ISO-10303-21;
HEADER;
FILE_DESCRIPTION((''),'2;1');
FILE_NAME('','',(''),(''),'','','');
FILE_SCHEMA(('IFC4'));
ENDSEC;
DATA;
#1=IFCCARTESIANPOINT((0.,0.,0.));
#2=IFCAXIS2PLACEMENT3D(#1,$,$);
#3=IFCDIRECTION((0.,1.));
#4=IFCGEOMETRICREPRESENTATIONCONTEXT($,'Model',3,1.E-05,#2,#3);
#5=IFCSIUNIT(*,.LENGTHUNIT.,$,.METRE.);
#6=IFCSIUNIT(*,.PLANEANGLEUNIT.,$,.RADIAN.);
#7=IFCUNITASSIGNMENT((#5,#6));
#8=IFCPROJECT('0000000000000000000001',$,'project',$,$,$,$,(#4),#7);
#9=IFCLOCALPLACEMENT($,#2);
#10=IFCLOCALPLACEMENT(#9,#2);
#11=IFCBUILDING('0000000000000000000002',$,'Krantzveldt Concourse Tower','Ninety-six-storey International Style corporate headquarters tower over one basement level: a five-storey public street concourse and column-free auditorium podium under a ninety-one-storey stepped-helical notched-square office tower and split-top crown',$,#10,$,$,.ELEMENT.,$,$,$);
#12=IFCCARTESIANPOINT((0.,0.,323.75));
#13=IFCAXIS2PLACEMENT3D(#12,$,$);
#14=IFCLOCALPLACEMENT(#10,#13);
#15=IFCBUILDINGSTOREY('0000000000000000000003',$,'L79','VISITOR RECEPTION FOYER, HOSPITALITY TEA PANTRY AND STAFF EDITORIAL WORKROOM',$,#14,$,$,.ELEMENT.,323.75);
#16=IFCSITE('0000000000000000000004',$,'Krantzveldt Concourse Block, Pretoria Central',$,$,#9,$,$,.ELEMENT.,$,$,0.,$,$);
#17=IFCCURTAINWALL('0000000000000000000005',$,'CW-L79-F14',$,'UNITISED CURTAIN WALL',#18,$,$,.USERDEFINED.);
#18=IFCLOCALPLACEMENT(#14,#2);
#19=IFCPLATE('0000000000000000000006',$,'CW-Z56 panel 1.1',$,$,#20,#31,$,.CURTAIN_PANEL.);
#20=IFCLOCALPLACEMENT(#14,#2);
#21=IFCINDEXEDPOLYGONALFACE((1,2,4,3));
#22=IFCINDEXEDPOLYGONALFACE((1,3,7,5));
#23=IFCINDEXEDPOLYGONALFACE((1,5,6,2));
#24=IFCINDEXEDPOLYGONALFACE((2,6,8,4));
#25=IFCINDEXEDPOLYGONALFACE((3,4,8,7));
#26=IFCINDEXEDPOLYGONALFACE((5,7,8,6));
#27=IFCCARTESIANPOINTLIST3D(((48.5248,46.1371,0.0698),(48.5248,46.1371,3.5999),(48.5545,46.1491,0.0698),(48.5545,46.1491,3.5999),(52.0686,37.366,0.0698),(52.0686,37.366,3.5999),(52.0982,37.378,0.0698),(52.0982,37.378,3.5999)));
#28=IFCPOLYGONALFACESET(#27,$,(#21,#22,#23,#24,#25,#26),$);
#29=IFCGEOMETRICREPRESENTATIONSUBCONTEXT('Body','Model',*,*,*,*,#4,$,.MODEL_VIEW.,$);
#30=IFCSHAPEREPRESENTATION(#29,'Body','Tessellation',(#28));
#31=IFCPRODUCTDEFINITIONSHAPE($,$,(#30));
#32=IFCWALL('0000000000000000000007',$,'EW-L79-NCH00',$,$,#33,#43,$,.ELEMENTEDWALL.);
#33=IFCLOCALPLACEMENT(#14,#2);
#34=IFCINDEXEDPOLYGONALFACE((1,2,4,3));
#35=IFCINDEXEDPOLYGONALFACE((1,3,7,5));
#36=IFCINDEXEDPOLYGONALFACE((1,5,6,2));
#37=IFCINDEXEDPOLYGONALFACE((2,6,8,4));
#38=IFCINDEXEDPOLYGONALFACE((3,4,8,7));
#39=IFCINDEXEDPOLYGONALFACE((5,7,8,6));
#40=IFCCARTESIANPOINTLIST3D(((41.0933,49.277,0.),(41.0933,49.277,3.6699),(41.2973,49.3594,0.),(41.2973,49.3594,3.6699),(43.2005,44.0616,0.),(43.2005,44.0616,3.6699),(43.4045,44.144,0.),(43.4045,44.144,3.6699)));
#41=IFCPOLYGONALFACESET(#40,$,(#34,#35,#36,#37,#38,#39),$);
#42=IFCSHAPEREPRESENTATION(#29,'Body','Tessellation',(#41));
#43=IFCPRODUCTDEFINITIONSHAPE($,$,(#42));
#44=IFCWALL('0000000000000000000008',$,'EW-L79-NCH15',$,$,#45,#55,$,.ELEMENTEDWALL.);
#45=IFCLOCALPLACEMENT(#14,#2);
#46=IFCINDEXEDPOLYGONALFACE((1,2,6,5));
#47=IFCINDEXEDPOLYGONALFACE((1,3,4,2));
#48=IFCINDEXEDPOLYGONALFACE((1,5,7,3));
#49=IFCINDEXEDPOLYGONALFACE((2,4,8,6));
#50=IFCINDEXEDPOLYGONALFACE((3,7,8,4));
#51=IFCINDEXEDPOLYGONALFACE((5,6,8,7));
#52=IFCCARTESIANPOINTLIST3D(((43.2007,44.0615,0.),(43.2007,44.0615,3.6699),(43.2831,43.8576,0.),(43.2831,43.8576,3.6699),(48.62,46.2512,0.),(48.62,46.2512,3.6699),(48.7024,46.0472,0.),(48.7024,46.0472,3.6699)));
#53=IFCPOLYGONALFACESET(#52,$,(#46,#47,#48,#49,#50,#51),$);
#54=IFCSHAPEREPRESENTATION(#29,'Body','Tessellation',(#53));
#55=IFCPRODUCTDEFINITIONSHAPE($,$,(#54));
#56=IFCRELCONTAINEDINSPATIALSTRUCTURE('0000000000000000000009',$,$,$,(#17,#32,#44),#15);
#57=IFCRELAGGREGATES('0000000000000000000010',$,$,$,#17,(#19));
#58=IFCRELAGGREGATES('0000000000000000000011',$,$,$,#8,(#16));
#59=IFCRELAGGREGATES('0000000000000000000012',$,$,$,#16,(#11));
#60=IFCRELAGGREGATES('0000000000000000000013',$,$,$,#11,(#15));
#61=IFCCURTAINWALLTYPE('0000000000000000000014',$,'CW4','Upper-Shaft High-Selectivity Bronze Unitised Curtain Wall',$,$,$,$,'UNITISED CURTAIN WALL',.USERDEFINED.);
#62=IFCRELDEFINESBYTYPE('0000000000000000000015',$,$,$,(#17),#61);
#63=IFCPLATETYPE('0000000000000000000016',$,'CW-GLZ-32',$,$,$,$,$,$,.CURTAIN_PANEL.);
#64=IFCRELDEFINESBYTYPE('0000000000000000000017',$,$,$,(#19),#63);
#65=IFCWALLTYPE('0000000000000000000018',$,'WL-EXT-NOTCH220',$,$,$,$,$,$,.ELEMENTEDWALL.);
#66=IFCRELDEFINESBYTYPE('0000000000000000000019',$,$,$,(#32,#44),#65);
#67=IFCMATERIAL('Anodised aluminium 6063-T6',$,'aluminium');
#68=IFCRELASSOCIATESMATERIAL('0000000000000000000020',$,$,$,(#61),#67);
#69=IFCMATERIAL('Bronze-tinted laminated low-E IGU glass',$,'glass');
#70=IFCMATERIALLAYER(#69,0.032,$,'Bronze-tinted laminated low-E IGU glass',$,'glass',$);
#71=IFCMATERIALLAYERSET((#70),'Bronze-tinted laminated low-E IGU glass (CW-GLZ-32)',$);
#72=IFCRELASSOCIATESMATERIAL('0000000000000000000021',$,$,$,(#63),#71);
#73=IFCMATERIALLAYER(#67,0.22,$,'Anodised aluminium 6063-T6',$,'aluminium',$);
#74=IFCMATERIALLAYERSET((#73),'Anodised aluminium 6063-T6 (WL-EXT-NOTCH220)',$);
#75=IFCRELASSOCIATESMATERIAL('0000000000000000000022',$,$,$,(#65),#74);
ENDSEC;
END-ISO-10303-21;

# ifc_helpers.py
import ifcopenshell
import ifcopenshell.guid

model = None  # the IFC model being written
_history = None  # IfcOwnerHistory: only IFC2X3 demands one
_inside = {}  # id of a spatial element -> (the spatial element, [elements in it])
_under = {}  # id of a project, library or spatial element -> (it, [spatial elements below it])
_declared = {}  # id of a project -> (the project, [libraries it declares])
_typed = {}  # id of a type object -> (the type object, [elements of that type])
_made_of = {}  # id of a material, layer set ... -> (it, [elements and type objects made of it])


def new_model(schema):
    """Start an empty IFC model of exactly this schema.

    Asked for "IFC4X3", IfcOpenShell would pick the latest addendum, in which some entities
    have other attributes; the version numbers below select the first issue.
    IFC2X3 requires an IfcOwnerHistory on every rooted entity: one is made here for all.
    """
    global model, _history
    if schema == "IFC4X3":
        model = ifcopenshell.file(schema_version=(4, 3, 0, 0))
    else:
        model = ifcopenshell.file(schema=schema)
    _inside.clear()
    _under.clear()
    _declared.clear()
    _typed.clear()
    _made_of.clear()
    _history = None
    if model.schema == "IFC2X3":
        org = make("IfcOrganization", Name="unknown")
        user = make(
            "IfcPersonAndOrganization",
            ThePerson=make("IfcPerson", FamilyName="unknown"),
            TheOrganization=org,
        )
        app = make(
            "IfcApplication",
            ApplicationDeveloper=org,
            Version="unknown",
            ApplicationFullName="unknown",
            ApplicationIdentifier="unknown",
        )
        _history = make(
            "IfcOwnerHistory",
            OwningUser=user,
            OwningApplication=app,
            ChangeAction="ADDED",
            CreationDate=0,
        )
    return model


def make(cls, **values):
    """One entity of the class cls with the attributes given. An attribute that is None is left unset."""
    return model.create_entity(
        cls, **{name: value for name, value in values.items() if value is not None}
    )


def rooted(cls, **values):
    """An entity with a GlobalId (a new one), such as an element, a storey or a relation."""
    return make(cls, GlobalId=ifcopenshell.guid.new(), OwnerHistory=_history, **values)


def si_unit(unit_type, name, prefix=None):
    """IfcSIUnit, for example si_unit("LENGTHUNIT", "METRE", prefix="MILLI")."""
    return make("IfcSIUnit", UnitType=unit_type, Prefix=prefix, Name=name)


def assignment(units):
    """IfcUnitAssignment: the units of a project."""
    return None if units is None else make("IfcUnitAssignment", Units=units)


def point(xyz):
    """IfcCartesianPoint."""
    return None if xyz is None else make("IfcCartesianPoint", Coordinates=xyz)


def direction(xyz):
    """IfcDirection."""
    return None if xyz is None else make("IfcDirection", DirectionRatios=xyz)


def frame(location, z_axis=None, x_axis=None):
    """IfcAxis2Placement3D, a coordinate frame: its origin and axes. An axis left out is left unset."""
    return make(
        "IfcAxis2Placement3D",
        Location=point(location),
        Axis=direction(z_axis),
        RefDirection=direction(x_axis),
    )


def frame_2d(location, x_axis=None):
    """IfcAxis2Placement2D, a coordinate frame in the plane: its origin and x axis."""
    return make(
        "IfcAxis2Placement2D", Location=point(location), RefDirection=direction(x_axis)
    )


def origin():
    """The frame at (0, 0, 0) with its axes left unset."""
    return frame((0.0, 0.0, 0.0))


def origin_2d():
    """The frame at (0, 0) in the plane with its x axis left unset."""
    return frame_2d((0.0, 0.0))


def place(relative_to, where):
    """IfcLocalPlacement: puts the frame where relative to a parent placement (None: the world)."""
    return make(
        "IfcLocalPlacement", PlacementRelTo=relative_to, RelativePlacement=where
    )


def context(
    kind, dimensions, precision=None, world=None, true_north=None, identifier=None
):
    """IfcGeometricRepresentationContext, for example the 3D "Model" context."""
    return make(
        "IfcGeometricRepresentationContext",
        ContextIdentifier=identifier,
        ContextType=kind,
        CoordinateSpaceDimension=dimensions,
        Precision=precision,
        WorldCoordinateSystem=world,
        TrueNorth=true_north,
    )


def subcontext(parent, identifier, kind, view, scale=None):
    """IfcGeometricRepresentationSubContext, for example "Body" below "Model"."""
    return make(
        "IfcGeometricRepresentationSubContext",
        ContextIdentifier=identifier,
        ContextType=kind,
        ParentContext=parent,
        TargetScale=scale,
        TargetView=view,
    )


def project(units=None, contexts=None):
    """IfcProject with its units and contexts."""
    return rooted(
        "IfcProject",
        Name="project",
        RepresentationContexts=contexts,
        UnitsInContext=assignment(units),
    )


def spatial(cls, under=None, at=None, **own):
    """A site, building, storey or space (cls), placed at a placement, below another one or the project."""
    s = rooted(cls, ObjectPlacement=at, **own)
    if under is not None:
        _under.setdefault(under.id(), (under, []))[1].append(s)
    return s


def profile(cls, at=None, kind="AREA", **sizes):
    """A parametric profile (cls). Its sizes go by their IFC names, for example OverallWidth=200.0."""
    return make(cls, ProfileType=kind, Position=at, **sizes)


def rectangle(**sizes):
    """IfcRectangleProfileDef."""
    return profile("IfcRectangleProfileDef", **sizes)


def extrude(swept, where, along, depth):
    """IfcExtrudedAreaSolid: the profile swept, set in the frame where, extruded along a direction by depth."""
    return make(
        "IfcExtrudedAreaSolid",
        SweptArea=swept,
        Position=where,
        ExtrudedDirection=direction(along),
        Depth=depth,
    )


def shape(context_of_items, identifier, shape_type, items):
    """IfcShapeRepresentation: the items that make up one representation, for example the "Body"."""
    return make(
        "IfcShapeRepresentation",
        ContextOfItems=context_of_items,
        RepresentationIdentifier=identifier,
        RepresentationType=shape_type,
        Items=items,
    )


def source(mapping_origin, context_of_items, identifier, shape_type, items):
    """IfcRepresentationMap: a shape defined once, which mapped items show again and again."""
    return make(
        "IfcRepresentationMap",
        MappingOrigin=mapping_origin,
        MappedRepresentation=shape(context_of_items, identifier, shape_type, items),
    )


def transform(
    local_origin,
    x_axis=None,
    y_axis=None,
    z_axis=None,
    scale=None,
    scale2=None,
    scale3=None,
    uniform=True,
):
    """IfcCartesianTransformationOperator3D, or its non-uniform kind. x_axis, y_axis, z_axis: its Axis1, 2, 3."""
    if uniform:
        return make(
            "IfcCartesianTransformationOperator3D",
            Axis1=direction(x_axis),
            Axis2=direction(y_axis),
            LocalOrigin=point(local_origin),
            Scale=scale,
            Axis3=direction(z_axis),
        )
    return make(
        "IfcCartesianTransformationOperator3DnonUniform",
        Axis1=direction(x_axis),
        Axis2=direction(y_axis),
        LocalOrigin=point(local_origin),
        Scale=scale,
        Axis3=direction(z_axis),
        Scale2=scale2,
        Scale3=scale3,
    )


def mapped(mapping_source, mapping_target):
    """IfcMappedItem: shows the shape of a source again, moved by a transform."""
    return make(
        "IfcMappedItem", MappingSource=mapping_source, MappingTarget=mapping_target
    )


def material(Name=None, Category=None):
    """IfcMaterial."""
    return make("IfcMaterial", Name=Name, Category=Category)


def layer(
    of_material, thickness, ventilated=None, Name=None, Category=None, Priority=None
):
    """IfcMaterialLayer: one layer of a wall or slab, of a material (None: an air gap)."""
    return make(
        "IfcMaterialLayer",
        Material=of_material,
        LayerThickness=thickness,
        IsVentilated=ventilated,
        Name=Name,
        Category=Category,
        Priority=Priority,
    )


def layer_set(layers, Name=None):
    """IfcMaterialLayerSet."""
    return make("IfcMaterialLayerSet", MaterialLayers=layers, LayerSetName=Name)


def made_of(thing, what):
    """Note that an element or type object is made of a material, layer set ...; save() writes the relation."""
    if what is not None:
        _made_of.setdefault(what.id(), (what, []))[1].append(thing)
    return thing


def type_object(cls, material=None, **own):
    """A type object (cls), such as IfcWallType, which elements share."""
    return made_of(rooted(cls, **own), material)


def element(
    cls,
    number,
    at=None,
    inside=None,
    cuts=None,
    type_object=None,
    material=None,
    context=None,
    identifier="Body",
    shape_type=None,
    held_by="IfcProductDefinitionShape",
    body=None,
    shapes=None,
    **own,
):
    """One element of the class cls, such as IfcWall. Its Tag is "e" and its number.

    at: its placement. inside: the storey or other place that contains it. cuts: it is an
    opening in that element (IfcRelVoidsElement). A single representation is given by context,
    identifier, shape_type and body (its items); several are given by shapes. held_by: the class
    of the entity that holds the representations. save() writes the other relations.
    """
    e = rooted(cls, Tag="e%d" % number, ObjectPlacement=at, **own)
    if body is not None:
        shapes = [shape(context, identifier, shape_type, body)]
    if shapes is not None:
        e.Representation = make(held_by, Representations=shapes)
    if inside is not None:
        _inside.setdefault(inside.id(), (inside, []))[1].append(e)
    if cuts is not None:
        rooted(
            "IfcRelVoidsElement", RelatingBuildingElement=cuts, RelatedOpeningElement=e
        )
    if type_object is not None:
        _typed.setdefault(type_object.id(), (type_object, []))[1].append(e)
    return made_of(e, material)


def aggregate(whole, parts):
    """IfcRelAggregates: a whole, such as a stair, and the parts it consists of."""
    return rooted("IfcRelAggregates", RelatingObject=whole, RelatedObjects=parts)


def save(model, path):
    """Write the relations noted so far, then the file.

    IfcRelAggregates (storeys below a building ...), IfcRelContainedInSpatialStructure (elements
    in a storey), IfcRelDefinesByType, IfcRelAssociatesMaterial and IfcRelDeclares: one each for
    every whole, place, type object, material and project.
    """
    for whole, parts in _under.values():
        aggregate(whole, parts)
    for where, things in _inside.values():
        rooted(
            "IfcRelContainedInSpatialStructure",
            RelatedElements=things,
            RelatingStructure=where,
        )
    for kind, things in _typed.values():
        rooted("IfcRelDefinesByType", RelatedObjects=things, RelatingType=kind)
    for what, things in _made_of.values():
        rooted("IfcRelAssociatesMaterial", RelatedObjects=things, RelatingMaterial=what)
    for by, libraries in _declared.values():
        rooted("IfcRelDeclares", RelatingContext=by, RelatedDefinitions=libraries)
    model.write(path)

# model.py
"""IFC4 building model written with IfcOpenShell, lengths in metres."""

from ifc_helpers import new_model, si_unit, direction, frame, frame_2d, origin, origin_2d, place, context, subcontext, project, spatial, rectangle, extrude, source, transform, mapped, material, layer, layer_set, type_object, element, aggregate, save


model = new_model("IFC4")

# Units and contexts
model_context = context("Model", 3, precision=1e-05, world=origin(), true_north=direction((0.0, 1.0)))
body_context = subcontext(model_context, "Body", "Model", "MODEL_VIEW")
ifc_project = project(units=[si_unit("LENGTHUNIT", "METRE"), si_unit("PLANEANGLEUNIT", "RADIAN")], contexts=[model_context])

# Site, building, storey
site_placement = place(None, origin())
site = spatial("IfcSite", under=ifc_project, at=site_placement, Name="Krantzveldt Concourse Block, Pretoria Central", CompositionType="ELEMENT", RefElevation=0.0)
building_placement = place(site_placement, origin())
building = spatial("IfcBuilding", under=site, at=building_placement, Name="Krantzveldt Concourse Tower", Description="Ninety-six-storey International Style corporate headquarters tower over one basement level: a five-storey public street concourse and column-free auditorium podium under a ninety-one-storey stepped-helical notched-square office tower and split-top crown", CompositionType="ELEMENT")
storey_placement = place(building_placement, frame((0.0, 0.0, 323.75)))
storey = spatial("IfcBuildingStorey", under=building, at=storey_placement, Name="L79", Description="VISITOR RECEPTION FOYER, HOSPITALITY TEA PANTRY AND STAFF EDITORIAL WORKROOM", CompositionType="ELEMENT", Elevation=323.75)

# Shared definitions
ifc_material_1 = material(Name="Anodised aluminium 6063-T6", Category="aluminium")
curtain_wall_type_1 = type_object("IfcCurtainWallType", Name="CW4", Description="Upper-Shaft High-Selectivity Bronze Unitised Curtain Wall", ElementType="UNITISED CURTAIN WALL", PredefinedType="USERDEFINED", material=ifc_material_1)

# Curtain wall
curtain_wall_1_placement = place(storey_placement, origin())
curtain_wall_1 = element("IfcCurtainWall", 1, at=curtain_wall_1_placement, inside=storey, type_object=curtain_wall_type_1, Name="CW-L79-F14", ObjectType="UNITISED CURTAIN WALL", PredefinedType="USERDEFINED")

# Plate
ifc_material_2 = material(Name="Bronze-tinted laminated low-E IGU glass", Category="glass")
ifc_layer_1 = layer(ifc_material_2, 0.032, Name="Bronze-tinted laminated low-E IGU glass", Category="glass")
ifc_layer_set_1 = layer_set([ifc_layer_1], Name="Bronze-tinted laminated low-E IGU glass (CW-GLZ-32)")
plate_type = type_object("IfcPlateType", Name="CW-GLZ-32", PredefinedType="CURTAIN_PANEL", material=ifc_layer_set_1)
shared_shape_1 = source(origin(), body_context, "Body", "SweptSolid", [
    extrude(rectangle(XDim=9.46, YDim=0.032, at=origin_2d()), origin(), (0.0, 0.0, 1.0), 3.53),
])
plate_1_placement = place(storey_placement, frame((50.3115, 41.7576, 0.0698), z_axis=(0.0, 0.0, 1.0), x_axis=(-0.374607, 0.927184, 0.0)))
plate_1 = element("IfcPlate", 2, at=plate_1_placement, type_object=plate_type, Name="CW-Z56 panel 1.1", PredefinedType="CURTAIN_PANEL", context=body_context, shape_type="MappedRepresentation", body=[
    mapped(shared_shape_1, transform((0.0, 0.0, 0.0), x_axis=(1.0, 0.0, 0.0), y_axis=(0.0, 1.0, 0.0), z_axis=(0.0, 0.0, 1.0), scale=1.0)),
])
aggregate(curtain_wall_1, [plate_1])

# Walls
ifc_layer_2 = layer(ifc_material_1, 0.22, Name="Anodised aluminium 6063-T6", Category="aluminium")
ifc_layer_set_2 = layer_set([ifc_layer_2], Name="Anodised aluminium 6063-T6 (WL-EXT-NOTCH220)")
wall_type = type_object("IfcWallType", Name="WL-EXT-NOTCH220", PredefinedType="ELEMENTEDWALL", material=ifc_layer_set_2)
wall_1_placement = place(storey_placement, frame((43.3025, 44.1028, 0.0), z_axis=(0.0, 0.0, 1.0), x_axis=(-0.374614, 0.927181, 0.0)))
element("IfcWall", 3, at=wall_1_placement, inside=storey, type_object=wall_type, Name="EW-L79-NCH00", PredefinedType="ELEMENTEDWALL", context=body_context, shape_type="SweptSolid", body=[
    extrude(rectangle(XDim=5.625, YDim=0.22, at=frame_2d((2.8125, 0.0))), origin(), (0.0, 0.0, 1.0), 3.6699),
])
wall_2_placement = place(storey_placement, frame((48.6611, 46.1492, 0.0), z_axis=(0.0, 0.0, 1.0), x_axis=(-0.927178, -0.374622, 0.0)))
element("IfcWall", 4, at=wall_2_placement, inside=storey, type_object=wall_type, Name="EW-L79-NCH15", PredefinedType="ELEMENTEDWALL", context=body_context, shape_type="SweptSolid", body=[
    extrude(rectangle(XDim=5.845, YDim=0.22, at=frame_2d((2.9224, 0.0))), origin(), (0.0, 0.0, 1.0), 3.6699),
])

save(model, "model.ifc")
